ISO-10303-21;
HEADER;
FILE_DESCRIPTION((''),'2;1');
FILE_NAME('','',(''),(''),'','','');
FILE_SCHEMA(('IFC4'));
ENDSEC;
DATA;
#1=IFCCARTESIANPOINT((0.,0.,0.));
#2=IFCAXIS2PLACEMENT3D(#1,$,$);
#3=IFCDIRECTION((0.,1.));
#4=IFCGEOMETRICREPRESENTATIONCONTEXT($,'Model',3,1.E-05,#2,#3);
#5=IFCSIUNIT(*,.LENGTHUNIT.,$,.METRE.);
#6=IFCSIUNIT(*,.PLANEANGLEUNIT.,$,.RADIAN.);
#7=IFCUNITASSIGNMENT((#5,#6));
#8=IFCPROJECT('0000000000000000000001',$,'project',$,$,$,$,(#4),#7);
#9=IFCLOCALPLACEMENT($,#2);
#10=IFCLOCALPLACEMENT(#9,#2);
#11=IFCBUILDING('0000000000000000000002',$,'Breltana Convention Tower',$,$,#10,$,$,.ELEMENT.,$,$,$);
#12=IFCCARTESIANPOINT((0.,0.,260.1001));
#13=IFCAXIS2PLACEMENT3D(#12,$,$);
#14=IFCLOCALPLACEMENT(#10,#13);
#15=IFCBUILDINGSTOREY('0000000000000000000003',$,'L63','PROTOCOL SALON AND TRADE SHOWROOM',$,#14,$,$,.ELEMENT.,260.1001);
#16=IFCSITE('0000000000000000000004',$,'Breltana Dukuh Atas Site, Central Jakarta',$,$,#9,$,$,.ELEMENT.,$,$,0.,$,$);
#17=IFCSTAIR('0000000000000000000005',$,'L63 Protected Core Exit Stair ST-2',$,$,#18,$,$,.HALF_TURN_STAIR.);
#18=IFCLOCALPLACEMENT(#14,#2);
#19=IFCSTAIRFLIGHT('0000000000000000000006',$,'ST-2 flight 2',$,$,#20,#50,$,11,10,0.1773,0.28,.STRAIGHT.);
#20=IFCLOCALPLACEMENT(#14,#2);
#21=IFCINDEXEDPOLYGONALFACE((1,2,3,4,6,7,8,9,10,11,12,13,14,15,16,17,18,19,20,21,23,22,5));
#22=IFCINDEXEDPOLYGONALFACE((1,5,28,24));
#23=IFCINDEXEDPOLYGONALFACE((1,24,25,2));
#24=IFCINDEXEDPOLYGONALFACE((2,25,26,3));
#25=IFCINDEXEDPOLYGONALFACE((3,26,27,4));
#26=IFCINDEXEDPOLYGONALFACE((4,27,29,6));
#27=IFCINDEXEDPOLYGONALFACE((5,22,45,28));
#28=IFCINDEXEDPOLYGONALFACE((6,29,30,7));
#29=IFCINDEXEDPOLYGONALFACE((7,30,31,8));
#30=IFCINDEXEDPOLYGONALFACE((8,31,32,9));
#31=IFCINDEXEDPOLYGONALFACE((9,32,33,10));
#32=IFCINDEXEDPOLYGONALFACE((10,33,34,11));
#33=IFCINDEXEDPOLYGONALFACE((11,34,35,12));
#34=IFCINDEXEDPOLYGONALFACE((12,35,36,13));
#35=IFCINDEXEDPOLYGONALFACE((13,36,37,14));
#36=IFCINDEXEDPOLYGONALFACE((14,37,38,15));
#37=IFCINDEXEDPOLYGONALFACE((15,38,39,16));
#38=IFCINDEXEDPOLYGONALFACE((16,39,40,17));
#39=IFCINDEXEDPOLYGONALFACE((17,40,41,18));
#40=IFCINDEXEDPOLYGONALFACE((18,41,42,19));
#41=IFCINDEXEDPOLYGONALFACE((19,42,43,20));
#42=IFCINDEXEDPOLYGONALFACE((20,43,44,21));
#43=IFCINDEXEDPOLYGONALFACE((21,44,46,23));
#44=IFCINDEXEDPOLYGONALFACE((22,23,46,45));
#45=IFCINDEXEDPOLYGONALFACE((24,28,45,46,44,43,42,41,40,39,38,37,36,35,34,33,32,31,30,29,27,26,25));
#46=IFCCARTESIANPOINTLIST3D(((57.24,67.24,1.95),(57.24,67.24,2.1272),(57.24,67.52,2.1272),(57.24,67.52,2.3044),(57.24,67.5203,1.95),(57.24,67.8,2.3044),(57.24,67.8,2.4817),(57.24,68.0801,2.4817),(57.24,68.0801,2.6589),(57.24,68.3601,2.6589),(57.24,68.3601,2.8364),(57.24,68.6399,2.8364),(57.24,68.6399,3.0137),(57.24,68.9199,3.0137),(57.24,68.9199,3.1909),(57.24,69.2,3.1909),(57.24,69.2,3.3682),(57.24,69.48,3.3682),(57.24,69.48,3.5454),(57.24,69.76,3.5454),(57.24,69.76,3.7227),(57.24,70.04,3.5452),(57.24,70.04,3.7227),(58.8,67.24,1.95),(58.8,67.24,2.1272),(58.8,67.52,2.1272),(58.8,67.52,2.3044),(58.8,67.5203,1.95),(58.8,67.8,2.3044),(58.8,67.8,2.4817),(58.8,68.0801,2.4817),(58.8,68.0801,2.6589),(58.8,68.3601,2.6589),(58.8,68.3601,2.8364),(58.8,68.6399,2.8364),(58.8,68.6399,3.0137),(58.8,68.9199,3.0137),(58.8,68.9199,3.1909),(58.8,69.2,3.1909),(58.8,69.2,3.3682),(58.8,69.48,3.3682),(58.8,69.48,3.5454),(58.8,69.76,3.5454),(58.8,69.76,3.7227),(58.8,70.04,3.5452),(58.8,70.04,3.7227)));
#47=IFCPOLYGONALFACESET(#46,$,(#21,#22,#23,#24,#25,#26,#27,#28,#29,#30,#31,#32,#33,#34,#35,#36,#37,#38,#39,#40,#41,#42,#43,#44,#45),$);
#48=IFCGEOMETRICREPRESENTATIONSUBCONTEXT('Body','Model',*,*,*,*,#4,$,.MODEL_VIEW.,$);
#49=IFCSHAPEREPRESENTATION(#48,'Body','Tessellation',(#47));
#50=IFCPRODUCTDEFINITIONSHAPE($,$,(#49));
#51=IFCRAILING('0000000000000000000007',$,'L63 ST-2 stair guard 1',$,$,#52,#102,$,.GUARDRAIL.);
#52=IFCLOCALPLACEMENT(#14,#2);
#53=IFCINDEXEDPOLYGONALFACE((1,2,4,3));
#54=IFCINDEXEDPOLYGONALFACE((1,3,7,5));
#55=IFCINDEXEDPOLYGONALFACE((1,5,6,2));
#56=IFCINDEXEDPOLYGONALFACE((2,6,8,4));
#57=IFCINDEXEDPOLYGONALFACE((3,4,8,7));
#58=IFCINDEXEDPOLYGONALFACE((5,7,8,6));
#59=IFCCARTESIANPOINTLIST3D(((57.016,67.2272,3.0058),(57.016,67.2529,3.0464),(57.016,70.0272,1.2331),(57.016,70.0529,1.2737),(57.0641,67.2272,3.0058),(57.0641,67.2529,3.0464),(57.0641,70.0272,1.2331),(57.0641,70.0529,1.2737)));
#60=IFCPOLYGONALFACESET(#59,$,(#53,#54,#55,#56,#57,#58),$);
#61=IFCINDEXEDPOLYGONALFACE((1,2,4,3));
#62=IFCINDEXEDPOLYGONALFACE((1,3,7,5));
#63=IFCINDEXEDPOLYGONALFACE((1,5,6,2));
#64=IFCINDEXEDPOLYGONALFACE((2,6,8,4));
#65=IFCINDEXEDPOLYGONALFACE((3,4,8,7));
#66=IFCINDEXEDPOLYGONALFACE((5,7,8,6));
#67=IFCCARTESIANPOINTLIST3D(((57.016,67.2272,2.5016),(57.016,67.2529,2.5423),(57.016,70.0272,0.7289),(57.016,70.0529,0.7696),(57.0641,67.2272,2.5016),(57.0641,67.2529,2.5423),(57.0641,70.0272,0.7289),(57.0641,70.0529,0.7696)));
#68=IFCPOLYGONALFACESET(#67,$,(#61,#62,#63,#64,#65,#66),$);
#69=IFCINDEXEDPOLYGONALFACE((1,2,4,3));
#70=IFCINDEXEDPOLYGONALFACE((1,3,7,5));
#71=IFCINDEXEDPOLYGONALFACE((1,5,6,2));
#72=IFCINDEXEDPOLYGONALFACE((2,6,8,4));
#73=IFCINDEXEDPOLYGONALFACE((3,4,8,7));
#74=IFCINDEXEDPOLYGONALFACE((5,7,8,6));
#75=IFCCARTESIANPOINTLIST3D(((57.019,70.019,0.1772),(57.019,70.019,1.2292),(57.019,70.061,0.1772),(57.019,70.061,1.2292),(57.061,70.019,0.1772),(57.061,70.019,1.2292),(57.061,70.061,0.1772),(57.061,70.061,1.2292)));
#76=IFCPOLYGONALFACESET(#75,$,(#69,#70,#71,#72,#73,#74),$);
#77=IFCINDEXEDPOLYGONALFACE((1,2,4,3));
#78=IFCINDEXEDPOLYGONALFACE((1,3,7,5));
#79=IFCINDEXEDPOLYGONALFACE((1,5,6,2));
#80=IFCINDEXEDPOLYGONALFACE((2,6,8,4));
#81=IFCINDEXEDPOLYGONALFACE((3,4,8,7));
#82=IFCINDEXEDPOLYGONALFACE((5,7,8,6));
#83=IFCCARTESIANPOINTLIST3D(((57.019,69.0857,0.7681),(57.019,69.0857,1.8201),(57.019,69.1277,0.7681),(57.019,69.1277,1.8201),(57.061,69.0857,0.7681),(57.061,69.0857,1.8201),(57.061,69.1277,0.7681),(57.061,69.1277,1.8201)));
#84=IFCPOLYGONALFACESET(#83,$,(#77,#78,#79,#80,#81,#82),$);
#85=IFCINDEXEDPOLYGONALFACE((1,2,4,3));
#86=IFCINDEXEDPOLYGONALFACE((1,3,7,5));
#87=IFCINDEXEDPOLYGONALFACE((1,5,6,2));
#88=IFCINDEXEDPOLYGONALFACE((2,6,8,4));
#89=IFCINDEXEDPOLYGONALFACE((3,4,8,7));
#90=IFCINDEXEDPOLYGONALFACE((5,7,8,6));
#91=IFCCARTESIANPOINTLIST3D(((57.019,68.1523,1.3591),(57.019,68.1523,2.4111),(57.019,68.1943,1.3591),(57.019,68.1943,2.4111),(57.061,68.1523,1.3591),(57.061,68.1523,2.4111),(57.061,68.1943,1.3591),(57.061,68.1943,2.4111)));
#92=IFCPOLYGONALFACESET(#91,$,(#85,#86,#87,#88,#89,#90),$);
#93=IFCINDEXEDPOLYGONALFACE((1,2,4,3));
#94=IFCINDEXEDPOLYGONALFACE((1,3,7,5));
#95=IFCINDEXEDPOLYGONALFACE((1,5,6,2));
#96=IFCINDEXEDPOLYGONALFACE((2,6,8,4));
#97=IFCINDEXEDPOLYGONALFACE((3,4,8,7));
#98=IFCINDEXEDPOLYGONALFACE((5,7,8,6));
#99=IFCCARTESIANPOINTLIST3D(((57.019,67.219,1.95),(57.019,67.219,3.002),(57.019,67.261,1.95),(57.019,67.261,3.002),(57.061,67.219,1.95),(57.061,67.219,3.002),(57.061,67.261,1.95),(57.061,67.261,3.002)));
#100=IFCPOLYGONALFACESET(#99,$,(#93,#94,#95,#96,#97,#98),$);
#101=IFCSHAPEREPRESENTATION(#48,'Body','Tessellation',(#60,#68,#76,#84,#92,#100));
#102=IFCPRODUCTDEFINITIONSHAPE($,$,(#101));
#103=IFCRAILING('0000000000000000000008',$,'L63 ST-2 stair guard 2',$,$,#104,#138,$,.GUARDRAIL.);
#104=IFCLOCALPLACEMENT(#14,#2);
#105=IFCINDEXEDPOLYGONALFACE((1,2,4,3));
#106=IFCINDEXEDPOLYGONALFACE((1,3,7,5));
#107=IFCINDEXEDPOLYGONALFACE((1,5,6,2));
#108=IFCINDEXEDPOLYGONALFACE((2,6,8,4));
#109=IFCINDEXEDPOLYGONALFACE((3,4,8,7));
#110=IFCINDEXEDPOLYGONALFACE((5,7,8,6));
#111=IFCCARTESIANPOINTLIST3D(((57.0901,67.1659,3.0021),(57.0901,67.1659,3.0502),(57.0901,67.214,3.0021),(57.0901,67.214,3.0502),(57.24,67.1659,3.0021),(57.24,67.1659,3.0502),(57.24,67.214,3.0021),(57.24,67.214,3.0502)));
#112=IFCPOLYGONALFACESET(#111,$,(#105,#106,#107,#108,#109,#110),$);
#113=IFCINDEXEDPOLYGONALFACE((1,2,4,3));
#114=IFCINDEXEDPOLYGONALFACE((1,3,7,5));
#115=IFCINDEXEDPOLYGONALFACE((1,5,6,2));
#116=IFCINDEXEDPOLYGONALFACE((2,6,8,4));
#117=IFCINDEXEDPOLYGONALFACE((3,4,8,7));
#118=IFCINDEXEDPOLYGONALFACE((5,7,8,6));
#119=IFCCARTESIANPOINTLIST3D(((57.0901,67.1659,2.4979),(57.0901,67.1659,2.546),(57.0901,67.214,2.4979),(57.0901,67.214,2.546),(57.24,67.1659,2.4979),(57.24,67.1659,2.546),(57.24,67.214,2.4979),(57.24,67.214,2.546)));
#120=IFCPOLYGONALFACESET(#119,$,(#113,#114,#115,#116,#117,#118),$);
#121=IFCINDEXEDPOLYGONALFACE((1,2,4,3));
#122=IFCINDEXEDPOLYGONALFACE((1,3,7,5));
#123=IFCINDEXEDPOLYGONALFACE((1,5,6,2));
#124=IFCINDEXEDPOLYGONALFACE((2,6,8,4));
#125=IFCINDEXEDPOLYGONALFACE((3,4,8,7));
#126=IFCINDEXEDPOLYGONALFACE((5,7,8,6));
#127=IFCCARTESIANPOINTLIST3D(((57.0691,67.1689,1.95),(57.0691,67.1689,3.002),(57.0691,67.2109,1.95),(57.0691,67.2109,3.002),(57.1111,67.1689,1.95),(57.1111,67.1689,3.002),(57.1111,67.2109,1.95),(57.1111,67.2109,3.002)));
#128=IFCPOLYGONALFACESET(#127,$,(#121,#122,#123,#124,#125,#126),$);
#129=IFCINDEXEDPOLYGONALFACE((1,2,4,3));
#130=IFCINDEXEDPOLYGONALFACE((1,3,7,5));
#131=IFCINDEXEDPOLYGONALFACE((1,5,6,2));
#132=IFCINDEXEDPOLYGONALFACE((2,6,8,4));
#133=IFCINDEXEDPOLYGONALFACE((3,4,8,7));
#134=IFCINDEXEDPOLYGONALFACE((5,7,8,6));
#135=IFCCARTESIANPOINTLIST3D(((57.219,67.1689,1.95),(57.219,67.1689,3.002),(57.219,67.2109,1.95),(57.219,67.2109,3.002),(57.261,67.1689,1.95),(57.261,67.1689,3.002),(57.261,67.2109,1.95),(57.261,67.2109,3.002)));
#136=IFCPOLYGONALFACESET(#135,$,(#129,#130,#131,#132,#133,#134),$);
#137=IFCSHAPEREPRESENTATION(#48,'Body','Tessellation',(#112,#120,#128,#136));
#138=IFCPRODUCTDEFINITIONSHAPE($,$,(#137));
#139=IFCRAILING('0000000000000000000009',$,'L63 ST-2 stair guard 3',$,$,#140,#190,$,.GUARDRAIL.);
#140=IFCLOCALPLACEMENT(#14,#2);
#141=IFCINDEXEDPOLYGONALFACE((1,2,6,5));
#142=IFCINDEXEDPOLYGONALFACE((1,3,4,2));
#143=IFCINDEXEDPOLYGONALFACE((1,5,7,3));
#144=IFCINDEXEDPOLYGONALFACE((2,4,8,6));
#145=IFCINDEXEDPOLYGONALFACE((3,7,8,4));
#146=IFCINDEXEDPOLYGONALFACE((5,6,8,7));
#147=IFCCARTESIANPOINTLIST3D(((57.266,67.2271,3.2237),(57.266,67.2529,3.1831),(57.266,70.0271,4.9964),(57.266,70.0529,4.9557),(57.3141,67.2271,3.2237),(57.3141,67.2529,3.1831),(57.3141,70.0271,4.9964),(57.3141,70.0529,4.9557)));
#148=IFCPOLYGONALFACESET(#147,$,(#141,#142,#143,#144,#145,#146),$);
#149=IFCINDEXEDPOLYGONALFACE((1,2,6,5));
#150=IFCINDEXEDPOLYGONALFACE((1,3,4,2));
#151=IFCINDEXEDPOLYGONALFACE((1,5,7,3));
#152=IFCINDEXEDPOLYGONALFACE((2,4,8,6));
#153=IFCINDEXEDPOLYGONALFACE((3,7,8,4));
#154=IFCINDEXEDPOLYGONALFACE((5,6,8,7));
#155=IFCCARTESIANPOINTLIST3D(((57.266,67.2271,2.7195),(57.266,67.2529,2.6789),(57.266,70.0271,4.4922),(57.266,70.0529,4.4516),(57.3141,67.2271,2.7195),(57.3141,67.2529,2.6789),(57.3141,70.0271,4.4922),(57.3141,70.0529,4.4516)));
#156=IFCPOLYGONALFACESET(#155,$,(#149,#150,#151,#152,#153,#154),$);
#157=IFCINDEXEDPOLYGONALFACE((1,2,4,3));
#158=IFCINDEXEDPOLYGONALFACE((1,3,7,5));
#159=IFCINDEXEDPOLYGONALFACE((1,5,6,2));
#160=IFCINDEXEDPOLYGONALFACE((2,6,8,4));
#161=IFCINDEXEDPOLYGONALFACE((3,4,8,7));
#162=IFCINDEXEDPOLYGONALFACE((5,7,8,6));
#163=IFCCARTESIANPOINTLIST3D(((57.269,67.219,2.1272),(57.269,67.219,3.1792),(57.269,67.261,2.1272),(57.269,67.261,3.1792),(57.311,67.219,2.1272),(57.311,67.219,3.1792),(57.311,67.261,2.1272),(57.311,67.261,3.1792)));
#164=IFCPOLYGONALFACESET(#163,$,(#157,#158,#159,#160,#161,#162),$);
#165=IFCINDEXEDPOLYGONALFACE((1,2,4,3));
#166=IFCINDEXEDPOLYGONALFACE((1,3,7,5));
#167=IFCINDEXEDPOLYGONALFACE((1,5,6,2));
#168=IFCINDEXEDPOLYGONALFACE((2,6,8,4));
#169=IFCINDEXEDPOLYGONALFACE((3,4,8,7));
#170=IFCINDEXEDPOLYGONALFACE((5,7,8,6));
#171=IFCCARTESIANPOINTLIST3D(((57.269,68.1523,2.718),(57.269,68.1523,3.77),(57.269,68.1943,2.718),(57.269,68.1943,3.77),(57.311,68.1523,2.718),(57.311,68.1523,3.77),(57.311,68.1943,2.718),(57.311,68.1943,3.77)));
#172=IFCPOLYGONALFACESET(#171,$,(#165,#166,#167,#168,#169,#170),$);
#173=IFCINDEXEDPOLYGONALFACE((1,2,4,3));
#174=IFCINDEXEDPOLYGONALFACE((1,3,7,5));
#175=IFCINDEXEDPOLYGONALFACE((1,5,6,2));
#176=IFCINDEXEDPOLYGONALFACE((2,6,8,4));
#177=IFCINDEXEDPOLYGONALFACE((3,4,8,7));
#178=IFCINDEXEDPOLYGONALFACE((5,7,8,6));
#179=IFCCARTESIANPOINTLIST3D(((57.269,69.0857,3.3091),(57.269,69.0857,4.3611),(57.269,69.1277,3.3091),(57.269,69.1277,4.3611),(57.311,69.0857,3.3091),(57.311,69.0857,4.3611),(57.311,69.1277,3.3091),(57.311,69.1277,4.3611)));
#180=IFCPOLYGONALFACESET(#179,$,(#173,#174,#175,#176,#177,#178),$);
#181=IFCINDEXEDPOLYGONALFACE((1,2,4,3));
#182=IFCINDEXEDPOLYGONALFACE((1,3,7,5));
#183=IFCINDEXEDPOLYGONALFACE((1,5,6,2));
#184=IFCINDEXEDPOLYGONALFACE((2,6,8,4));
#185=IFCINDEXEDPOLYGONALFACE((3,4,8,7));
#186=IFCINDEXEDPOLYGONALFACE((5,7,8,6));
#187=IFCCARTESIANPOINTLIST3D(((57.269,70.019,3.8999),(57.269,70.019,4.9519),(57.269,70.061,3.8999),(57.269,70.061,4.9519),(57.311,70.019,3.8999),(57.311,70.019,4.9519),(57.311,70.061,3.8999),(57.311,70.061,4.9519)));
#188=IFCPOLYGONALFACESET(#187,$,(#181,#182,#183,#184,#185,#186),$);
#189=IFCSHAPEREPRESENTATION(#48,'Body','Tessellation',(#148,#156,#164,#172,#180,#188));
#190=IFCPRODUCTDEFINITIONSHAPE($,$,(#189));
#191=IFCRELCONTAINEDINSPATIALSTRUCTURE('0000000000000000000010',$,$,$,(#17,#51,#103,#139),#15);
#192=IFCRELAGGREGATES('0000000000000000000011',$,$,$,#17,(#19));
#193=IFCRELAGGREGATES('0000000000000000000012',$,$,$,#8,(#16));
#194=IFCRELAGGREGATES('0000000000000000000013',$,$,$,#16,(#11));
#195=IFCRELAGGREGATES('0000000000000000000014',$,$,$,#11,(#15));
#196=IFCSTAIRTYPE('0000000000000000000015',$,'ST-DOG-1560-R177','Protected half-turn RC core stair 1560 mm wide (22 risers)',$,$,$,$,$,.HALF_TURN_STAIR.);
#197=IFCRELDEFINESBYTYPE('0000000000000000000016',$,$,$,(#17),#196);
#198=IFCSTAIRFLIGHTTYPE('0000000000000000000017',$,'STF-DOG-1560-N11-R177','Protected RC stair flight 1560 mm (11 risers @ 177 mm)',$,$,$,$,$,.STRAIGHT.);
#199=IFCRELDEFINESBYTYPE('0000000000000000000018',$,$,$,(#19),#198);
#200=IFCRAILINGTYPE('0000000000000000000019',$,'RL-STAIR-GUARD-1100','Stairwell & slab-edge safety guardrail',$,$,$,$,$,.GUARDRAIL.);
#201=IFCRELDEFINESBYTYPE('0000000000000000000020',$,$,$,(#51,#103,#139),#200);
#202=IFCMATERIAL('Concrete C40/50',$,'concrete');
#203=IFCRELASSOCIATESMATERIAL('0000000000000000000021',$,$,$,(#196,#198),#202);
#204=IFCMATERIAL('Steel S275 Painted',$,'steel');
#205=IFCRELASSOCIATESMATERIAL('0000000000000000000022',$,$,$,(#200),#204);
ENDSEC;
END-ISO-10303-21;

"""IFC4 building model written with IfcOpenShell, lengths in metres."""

from ifc_helpers import new_model, si_unit, direction, frame, origin, origin_2d, place, context, subcontext, project, spatial, polyline, rectangle, outline, extrude, material, type_object, element, aggregate, save


model = new_model("IFC4")

# Units and contexts
model_context = context("Model", 3, precision=1e-05, world=origin(), true_north=direction((0.0, 1.0)))
body_context = subcontext(model_context, "Body", "Model", "MODEL_VIEW")
ifc_project = project(units=[si_unit("LENGTHUNIT", "METRE"), si_unit("PLANEANGLEUNIT", "RADIAN")], contexts=[model_context])

# Site, building, storey
site_placement = place(None, origin())
site = spatial("IfcSite", under=ifc_project, at=site_placement, Name="Breltana Dukuh Atas Site, Central Jakarta", CompositionType="ELEMENT", RefElevation=0.0)
building_placement = place(site_placement, origin())
building = spatial("IfcBuilding", under=site, at=building_placement, Name="Breltana Convention Tower", CompositionType="ELEMENT")
storey_placement = place(building_placement, frame((0.0, 0.0, 260.1001)))
storey = spatial("IfcBuildingStorey", under=building, at=storey_placement, Name="L63", Description="PROTOCOL SALON AND TRADE SHOWROOM", CompositionType="ELEMENT", Elevation=260.1001)

# Stair, stair flight
ifc_material_1 = material(Name="Concrete C40/50", Category="concrete")
stair_type = type_object("IfcStairType", Name="ST-DOG-1560-R177", Description="Protected half-turn RC core stair 1560 mm wide (22 risers)", PredefinedType="HALF_TURN_STAIR", material=ifc_material_1)
stair_placement = place(storey_placement, origin())
stair = element("IfcStair", 1, at=stair_placement, inside=storey, type_object=stair_type, Name="L63 Protected Core Exit Stair ST-2", PredefinedType="HALF_TURN_STAIR")
stair_flight_type = type_object("IfcStairFlightType", Name="STF-DOG-1560-N11-R177", Description="Protected RC stair flight 1560 mm (11 risers @ 177 mm)", PredefinedType="STRAIGHT", material=ifc_material_1)
stair_flight_1_placement = place(storey_placement, frame((58.02, 67.24, 1.95), z_axis=(0.0, 0.0, 1.0), x_axis=(0.0, 1.0, 0.0)))
stair_flight_1 = element("IfcStairFlight", 2, at=stair_flight_1_placement, type_object=stair_flight_type, Name="ST-2 flight 2", NumberOfRisers=11, NumberOfTreads=10, PredefinedType="STRAIGHT", RiserHeight=0.1773, TreadLength=0.28, context=body_context, shape_type="SweptSolid", body=[
    extrude(outline(polyline([(0.0, 0.0), (0.0, 0.1772), (0.28, 0.1772), (0.28, 0.3545), (0.5601, 0.3545), (0.5601, 0.5317), (0.8401, 0.5317), (0.8401, 0.709), (1.1201, 0.709), (1.1201, 0.8865), (1.3999, 0.8865), (1.3999, 1.0637), (1.6799, 1.0637), (1.6799, 1.241), (1.96, 1.241), (1.96, 1.4182), (2.24, 1.4182), (2.24, 1.5955), (2.52, 1.5955), (2.52, 1.7727), (2.8, 1.7727), (2.8, 1.95), (2.8, 1.5952), (0.2803, 0.0), (0.0, 0.0)])), frame((0.0, 0.78, 0.0), z_axis=(0.0, -1.0, 0.0), x_axis=(1.0, 0.0, 0.0)), (0.0, 0.0, 1.0), 1.5601),
])
aggregate(stair, [stair_flight_1])

# Railings
ifc_material_2 = material(Name="Steel S275 Painted", Category="steel")
railing_type_1 = type_object("IfcRailingType", Name="RL-STAIR-GUARD-1100", Description="Stairwell & slab-edge safety guardrail", PredefinedType="GUARDRAIL", material=ifc_material_2)
railing_1_placement = place(storey_placement, frame((57.04, 70.04, 0.1772)))
element("IfcRailing", 3, at=railing_1_placement, inside=storey, type_object=railing_type_1, Name="L63 ST-2 stair guard 1", PredefinedType="GUARDRAIL", context=body_context, shape_type="SweptSolid", body=[
    extrude(rectangle(XDim=0.0481, YDim=0.0481, at=origin_2d()), frame((0.0, 0.0, 1.0762), z_axis=(0.0, -0.844909, 0.53491), x_axis=(1.0, 0.0, 0.0)), (0.0, 0.0, 1.0), 3.314),
    extrude(rectangle(XDim=0.0481, YDim=0.0481, at=origin_2d()), frame((0.0, 0.0, 0.572), z_axis=(0.0, -0.844909, 0.53491), x_axis=(1.0, 0.0, 0.0)), (0.0, 0.0, 1.0), 3.314),
    extrude(rectangle(XDim=0.042, YDim=0.042, at=origin_2d()), origin(), (0.0, 0.0, 1.0), 1.052),
    extrude(rectangle(XDim=0.042, YDim=0.042, at=origin_2d()), frame((0.0, -0.9333, 0.5908)), (0.0, 0.0, 1.0), 1.052),
    extrude(rectangle(XDim=0.042, YDim=0.042, at=origin_2d()), frame((0.0, -1.8667, 1.1819)), (0.0, 0.0, 1.0), 1.052),
    extrude(rectangle(XDim=0.042, YDim=0.042, at=origin_2d()), frame((0.0, -2.8, 1.7727)), (0.0, 0.0, 1.0), 1.052),
])
railing_2_placement = place(storey_placement, frame((57.0901, 67.1899, 1.95)))
element("IfcRailing", 4, at=railing_2_placement, inside=storey, type_object=railing_type_1, Name="L63 ST-2 stair guard 2", PredefinedType="GUARDRAIL", context=body_context, shape_type="SweptSolid", body=[
    extrude(rectangle(XDim=0.0481, YDim=0.0481, at=origin_2d()), frame((0.0, 0.0, 1.0762), z_axis=(1.0, 0.0, 0.0), x_axis=(0.0, 1.0, 0.0)), (0.0, 0.0, 1.0), 0.1499),
    extrude(rectangle(XDim=0.0481, YDim=0.0481, at=origin_2d()), frame((0.0, 0.0, 0.572), z_axis=(1.0, 0.0, 0.0), x_axis=(0.0, 1.0, 0.0)), (0.0, 0.0, 1.0), 0.1499),
    extrude(rectangle(XDim=0.042, YDim=0.042, at=origin_2d()), origin(), (0.0, 0.0, 1.0), 1.052),
    extrude(rectangle(XDim=0.042, YDim=0.042, at=origin_2d()), frame((0.1499, 0.0, 0.0)), (0.0, 0.0, 1.0), 1.052),
])
railing_3_placement = place(storey_placement, frame((57.29, 67.24, 2.1272)))
element("IfcRailing", 5, at=railing_3_placement, inside=storey, type_object=railing_type_1, Name="L63 ST-2 stair guard 3", PredefinedType="GUARDRAIL", context=body_context, shape_type="SweptSolid", body=[
    extrude(rectangle(XDim=0.0481, YDim=0.0481, at=origin_2d()), frame((0.0, 0.0, 1.0762), z_axis=(0.0, 0.844909, 0.53491), x_axis=(-1.0, 0.0, 0.0)), (0.0, 0.0, 1.0), 3.314),
    extrude(rectangle(XDim=0.0481, YDim=0.0481, at=origin_2d()), frame((0.0, 0.0, 0.572), z_axis=(0.0, 0.844909, 0.53491), x_axis=(-1.0, 0.0, 0.0)), (0.0, 0.0, 1.0), 3.314),
    extrude(rectangle(XDim=0.042, YDim=0.042, at=origin_2d()), origin(), (0.0, 0.0, 1.0), 1.052),
    extrude(rectangle(XDim=0.042, YDim=0.042, at=origin_2d()), frame((0.0, 0.9333, 0.5908)), (0.0, 0.0, 1.0), 1.052),
    extrude(rectangle(XDim=0.042, YDim=0.042, at=origin_2d()), frame((0.0, 1.8667, 1.1819)), (0.0, 0.0, 1.0), 1.052),
    extrude(rectangle(XDim=0.042, YDim=0.042, at=origin_2d()), frame((0.0, 2.8, 1.7727)), (0.0, 0.0, 1.0), 1.052),
])

save(model, "model.ifc")
